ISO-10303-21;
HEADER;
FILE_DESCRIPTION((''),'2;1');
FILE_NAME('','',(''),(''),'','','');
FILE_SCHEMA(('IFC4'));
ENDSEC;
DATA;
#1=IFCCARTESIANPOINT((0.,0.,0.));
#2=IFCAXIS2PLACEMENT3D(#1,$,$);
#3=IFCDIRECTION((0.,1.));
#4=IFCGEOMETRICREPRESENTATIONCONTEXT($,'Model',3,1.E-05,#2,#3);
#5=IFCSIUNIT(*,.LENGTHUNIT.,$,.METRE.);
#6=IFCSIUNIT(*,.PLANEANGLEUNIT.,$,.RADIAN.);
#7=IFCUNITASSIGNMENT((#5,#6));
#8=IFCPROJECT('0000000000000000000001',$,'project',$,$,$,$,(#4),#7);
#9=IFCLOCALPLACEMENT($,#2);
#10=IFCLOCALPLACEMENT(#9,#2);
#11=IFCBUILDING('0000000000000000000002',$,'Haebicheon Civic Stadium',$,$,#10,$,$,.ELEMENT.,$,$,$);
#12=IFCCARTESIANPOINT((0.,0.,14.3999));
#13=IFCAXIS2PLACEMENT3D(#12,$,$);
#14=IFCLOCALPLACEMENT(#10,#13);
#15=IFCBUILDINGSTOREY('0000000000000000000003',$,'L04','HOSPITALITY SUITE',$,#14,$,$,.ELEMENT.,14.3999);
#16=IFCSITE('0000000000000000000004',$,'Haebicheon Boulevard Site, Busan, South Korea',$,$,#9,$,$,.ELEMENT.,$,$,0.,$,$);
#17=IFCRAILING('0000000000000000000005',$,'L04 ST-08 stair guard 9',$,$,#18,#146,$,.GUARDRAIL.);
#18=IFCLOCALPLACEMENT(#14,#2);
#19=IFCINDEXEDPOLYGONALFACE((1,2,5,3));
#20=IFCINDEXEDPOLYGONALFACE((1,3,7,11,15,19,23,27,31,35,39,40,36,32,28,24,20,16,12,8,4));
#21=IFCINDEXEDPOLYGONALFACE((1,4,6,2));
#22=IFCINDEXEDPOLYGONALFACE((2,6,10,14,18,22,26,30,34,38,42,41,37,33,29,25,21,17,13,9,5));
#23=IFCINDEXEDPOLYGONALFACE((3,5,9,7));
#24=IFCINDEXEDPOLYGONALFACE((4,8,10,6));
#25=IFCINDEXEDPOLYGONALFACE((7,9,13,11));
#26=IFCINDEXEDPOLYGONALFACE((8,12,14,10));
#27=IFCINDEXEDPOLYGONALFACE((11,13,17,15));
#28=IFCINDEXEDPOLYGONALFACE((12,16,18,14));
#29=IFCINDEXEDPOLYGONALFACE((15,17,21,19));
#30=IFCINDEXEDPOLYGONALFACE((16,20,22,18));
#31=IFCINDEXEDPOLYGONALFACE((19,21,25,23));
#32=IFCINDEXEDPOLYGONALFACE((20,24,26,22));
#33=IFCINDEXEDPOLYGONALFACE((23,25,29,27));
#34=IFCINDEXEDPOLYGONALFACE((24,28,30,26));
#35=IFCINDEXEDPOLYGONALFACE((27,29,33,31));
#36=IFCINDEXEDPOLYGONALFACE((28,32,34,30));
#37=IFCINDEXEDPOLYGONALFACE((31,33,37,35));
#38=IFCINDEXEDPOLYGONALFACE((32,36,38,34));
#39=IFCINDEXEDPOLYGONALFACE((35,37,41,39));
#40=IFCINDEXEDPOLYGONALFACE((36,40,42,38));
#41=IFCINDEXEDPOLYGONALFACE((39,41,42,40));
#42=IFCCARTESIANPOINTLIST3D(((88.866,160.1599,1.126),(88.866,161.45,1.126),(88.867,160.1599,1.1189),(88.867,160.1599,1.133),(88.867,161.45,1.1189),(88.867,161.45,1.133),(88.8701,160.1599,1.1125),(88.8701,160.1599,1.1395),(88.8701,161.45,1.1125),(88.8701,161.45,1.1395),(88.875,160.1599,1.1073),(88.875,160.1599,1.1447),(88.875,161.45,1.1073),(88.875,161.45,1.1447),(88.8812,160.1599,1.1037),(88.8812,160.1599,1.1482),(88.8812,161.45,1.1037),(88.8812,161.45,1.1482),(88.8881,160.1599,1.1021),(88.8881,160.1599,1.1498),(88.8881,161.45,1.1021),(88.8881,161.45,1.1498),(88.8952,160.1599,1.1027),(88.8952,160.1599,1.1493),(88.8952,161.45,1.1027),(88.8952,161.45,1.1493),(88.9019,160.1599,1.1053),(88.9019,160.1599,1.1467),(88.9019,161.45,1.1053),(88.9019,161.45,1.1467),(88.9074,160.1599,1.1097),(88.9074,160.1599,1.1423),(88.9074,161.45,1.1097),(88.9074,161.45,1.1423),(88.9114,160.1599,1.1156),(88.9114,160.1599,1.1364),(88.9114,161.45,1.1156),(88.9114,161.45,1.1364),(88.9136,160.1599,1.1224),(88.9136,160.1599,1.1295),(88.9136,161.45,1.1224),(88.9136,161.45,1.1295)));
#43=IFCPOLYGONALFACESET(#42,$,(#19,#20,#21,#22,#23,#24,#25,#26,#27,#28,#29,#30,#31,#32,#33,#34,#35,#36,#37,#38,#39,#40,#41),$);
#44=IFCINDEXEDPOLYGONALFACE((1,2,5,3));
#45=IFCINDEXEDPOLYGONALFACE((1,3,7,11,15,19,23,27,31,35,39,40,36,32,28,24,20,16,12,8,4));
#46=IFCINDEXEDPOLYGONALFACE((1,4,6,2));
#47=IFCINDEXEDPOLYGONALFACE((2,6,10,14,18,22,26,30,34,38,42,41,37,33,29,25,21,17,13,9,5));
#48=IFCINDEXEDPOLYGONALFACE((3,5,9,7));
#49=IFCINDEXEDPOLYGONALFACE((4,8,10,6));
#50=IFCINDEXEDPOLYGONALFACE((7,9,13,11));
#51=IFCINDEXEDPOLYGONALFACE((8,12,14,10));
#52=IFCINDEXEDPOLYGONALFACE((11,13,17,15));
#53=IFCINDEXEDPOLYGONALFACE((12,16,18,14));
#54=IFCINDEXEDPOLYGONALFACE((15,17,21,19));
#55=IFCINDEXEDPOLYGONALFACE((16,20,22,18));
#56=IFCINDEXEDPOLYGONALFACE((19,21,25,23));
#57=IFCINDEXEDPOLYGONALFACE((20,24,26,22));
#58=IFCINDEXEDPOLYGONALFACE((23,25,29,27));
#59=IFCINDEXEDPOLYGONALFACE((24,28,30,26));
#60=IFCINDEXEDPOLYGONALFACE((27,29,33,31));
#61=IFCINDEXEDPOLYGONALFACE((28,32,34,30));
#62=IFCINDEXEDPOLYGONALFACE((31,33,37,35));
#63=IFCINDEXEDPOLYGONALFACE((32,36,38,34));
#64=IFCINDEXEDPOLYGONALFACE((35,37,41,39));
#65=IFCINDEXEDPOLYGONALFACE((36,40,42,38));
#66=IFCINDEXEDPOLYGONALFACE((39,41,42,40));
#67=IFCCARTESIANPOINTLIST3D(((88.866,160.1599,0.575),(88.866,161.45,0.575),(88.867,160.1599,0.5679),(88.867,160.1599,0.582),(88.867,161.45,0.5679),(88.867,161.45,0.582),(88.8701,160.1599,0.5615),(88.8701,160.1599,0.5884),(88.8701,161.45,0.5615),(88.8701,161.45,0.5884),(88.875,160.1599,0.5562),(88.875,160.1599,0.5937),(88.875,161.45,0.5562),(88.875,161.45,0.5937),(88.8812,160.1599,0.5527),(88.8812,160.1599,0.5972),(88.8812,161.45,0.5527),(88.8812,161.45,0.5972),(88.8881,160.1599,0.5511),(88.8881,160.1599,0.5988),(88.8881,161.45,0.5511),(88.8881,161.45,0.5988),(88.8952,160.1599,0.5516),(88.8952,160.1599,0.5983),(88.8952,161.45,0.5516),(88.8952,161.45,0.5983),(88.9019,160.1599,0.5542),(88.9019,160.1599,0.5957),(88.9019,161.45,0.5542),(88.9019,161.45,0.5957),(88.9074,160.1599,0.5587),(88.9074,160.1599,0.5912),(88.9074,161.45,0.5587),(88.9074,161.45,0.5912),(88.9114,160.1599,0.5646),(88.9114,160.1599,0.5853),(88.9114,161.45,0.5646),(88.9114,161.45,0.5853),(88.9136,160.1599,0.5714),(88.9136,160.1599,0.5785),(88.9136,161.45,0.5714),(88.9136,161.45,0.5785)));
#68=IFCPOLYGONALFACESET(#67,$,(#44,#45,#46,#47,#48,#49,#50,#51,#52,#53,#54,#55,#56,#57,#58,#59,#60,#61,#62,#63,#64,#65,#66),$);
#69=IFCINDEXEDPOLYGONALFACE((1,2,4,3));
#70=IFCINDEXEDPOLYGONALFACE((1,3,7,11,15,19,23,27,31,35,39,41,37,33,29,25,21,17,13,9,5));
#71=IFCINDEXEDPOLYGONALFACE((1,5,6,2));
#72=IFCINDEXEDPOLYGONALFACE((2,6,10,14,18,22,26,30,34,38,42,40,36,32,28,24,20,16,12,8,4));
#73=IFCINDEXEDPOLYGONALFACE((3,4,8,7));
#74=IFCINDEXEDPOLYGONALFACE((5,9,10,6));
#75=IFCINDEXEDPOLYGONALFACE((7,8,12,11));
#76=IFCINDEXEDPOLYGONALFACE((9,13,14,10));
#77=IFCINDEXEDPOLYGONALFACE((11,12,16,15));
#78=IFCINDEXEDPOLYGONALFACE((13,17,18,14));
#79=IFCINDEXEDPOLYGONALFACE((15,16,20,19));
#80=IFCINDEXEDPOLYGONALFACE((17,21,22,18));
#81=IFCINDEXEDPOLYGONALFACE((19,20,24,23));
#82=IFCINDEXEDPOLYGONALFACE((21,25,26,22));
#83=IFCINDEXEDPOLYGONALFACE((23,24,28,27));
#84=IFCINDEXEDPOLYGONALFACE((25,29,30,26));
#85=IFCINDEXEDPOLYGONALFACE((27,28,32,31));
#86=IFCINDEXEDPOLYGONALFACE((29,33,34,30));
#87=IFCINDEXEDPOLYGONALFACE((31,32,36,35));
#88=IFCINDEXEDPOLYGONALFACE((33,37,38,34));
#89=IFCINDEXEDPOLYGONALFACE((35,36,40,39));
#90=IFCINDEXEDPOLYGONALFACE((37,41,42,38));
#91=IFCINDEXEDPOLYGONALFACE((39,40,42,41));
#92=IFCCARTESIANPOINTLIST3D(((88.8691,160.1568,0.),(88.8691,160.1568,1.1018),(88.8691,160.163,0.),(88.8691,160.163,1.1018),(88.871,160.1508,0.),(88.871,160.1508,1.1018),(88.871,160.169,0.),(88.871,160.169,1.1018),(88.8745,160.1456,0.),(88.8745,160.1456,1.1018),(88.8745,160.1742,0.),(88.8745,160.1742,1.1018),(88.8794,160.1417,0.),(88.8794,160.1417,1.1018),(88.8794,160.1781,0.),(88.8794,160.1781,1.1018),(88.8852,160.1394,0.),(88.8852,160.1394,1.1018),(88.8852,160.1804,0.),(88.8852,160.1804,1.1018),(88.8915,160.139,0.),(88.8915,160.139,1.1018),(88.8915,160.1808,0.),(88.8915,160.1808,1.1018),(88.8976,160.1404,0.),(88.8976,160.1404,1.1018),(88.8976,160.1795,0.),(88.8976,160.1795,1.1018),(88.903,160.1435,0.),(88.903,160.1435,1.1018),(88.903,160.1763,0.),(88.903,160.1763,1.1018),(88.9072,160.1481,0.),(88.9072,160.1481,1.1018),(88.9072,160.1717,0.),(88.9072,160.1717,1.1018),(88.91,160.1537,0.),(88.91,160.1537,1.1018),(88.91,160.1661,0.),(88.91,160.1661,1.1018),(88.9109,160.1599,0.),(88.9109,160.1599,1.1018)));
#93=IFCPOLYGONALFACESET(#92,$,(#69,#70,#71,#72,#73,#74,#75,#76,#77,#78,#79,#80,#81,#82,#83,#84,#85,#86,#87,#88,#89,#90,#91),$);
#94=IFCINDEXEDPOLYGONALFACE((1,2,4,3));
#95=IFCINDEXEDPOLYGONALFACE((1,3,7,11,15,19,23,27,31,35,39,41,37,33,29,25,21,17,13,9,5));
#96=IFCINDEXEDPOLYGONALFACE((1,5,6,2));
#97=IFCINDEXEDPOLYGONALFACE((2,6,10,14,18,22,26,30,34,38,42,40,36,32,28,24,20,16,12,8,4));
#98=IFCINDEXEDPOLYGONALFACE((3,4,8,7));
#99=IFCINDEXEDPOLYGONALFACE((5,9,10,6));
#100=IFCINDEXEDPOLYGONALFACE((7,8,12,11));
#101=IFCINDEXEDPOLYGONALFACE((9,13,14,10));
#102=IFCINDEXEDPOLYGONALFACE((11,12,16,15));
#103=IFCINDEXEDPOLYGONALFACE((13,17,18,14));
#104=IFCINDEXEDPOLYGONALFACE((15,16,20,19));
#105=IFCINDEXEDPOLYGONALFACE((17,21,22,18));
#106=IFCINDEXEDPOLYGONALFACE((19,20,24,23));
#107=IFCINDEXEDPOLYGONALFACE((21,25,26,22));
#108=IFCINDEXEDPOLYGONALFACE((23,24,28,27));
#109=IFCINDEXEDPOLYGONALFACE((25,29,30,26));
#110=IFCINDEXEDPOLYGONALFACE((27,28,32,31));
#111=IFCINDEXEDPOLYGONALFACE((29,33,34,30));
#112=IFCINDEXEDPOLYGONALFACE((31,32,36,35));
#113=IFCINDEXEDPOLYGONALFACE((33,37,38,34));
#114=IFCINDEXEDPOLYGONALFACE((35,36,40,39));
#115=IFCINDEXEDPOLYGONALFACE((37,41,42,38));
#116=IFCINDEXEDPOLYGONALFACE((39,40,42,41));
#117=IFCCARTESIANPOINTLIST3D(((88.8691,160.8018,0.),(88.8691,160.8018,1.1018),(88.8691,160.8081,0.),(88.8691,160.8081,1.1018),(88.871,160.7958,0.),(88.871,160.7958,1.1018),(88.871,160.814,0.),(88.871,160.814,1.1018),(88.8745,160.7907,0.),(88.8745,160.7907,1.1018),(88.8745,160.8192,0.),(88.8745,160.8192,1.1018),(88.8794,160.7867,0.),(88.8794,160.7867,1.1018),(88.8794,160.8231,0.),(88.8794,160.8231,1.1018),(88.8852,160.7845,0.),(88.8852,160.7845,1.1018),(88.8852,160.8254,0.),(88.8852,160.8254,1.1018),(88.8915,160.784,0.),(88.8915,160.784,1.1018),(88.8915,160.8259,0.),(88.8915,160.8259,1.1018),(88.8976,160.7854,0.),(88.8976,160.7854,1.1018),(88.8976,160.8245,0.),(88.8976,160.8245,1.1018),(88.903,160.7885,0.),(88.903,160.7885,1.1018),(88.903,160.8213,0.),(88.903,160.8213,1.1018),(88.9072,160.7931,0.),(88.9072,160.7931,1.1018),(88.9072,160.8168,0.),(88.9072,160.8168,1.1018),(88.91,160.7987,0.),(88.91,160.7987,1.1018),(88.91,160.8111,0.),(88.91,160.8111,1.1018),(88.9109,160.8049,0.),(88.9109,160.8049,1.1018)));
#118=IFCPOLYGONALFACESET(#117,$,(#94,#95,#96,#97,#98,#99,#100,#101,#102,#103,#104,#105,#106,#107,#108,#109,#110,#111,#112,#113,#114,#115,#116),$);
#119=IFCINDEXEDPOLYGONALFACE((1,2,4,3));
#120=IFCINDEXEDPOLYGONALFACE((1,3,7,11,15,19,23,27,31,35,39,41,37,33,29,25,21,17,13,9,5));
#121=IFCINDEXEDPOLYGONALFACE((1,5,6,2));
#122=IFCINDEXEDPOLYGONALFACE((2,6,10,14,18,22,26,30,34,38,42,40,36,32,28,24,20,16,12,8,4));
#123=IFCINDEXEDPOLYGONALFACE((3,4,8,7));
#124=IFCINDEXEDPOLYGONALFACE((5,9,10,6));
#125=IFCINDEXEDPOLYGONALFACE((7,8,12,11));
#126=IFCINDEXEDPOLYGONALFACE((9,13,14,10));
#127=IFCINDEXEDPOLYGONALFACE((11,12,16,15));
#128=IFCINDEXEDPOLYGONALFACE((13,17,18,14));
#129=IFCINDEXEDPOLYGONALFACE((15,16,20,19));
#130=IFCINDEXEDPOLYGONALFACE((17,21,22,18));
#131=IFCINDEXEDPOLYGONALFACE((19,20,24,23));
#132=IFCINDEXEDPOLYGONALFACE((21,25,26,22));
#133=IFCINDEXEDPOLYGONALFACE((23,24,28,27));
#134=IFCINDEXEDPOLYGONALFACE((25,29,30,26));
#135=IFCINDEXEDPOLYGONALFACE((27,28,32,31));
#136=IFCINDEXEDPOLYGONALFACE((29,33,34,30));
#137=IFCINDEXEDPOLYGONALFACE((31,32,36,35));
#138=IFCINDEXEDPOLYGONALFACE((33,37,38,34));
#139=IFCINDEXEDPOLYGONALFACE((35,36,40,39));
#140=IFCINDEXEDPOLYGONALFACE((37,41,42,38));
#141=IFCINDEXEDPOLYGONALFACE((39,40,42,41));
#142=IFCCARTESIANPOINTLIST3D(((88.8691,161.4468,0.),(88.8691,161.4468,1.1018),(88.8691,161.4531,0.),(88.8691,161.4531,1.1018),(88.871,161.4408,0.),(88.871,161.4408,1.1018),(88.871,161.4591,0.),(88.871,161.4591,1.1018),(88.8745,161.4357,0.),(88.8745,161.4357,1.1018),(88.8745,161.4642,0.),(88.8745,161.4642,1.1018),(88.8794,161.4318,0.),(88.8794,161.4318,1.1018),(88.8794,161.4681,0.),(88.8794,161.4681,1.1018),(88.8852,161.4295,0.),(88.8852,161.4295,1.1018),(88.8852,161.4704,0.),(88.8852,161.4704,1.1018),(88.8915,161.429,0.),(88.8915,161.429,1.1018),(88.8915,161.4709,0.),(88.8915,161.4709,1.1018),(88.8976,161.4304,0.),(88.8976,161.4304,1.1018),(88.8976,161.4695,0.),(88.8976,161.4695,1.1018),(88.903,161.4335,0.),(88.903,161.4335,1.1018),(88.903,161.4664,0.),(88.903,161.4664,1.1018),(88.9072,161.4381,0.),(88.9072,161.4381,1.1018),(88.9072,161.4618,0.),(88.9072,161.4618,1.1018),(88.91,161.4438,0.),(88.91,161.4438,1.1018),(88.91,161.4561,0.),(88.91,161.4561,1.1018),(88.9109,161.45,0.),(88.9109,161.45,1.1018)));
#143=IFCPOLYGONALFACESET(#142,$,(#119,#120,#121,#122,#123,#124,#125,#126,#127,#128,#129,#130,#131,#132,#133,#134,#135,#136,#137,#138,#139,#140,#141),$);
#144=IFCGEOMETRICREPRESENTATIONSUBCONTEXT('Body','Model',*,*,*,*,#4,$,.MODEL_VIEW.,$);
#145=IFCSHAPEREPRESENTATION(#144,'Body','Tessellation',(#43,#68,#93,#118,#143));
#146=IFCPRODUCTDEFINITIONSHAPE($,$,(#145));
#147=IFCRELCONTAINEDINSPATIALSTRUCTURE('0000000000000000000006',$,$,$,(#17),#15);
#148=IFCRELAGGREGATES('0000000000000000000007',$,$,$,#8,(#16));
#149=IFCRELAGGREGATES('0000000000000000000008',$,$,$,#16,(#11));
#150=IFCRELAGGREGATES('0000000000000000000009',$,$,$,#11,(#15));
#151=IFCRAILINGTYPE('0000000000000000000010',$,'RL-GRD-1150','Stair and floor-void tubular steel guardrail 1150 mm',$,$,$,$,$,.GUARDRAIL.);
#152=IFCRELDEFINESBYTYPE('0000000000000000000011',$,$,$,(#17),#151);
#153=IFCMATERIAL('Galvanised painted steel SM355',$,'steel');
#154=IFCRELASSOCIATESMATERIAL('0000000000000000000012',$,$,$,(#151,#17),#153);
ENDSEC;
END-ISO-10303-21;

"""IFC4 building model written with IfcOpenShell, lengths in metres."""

from ifc_helpers import new_model, si_unit, direction, frame, origin, origin_2d, place, context, subcontext, project, spatial, circle, extrude, material, type_object, element, save


model = new_model("IFC4")

# Units and contexts
model_context = context("Model", 3, precision=1e-05, world=origin(), true_north=direction((0.0, 1.0)))
body_context = subcontext(model_context, "Body", "Model", "MODEL_VIEW")
ifc_project = project(units=[si_unit("LENGTHUNIT", "METRE"), si_unit("PLANEANGLEUNIT", "RADIAN")], contexts=[model_context])

# Site, building, storey
site_placement = place(None, origin())
site = spatial("IfcSite", under=ifc_project, at=site_placement, Name="Haebicheon Boulevard Site, Busan, South Korea", CompositionType="ELEMENT", RefElevation=0.0)
building_placement = place(site_placement, origin())
building = spatial("IfcBuilding", under=site, at=building_placement, Name="Haebicheon Civic Stadium", CompositionType="ELEMENT")
storey_placement = place(building_placement, frame((0.0, 0.0, 14.3999)))
storey = spatial("IfcBuildingStorey", under=building, at=storey_placement, Name="L04", Description="HOSPITALITY SUITE", CompositionType="ELEMENT", Elevation=14.3999)

# Railing
ifc_material_1 = material(Name="Galvanised painted steel SM355", Category="steel")
railing_type_1 = type_object("IfcRailingType", Name="RL-GRD-1150", Description="Stair and floor-void tubular steel guardrail 1150 mm", PredefinedType="GUARDRAIL", material=ifc_material_1)
for number, where, name in (
    (1, (88.8899, 160.1599, 0.0), "L04 ST-08 stair guard 9"),
):
    element("IfcRailing", number, at=place(storey_placement, frame(where)), inside=storey, type_object=railing_type_1, material=ifc_material_1, Name=name, PredefinedType="GUARDRAIL", context=body_context, shape_type="SweptSolid", body=[
        extrude(circle(Radius=0.0239, at=origin_2d()), frame((0.0, 0.0, 1.126), z_axis=(0.0, 1.0, 0.0), x_axis=(-1.0, 0.0, 0.0)), (0.0, 0.0, 1.0), 1.29),
        extrude(circle(Radius=0.0239, at=origin_2d()), frame((0.0, 0.0, 0.575), z_axis=(0.0, 1.0, 0.0), x_axis=(-1.0, 0.0, 0.0)), (0.0, 0.0, 1.0), 1.29),
        extrude(circle(Radius=0.021, at=origin_2d()), origin(), (0.0, 0.0, 1.0), 1.1018),
        extrude(circle(Radius=0.021, at=origin_2d()), frame((0.0, 0.645, 0.0)), (0.0, 0.0, 1.0), 1.1018),
        extrude(circle(Radius=0.021, at=origin_2d()), frame((0.0, 1.29, 0.0)), (0.0, 0.0, 1.0), 1.1018),
    ])

save(model, "model.ifc")
